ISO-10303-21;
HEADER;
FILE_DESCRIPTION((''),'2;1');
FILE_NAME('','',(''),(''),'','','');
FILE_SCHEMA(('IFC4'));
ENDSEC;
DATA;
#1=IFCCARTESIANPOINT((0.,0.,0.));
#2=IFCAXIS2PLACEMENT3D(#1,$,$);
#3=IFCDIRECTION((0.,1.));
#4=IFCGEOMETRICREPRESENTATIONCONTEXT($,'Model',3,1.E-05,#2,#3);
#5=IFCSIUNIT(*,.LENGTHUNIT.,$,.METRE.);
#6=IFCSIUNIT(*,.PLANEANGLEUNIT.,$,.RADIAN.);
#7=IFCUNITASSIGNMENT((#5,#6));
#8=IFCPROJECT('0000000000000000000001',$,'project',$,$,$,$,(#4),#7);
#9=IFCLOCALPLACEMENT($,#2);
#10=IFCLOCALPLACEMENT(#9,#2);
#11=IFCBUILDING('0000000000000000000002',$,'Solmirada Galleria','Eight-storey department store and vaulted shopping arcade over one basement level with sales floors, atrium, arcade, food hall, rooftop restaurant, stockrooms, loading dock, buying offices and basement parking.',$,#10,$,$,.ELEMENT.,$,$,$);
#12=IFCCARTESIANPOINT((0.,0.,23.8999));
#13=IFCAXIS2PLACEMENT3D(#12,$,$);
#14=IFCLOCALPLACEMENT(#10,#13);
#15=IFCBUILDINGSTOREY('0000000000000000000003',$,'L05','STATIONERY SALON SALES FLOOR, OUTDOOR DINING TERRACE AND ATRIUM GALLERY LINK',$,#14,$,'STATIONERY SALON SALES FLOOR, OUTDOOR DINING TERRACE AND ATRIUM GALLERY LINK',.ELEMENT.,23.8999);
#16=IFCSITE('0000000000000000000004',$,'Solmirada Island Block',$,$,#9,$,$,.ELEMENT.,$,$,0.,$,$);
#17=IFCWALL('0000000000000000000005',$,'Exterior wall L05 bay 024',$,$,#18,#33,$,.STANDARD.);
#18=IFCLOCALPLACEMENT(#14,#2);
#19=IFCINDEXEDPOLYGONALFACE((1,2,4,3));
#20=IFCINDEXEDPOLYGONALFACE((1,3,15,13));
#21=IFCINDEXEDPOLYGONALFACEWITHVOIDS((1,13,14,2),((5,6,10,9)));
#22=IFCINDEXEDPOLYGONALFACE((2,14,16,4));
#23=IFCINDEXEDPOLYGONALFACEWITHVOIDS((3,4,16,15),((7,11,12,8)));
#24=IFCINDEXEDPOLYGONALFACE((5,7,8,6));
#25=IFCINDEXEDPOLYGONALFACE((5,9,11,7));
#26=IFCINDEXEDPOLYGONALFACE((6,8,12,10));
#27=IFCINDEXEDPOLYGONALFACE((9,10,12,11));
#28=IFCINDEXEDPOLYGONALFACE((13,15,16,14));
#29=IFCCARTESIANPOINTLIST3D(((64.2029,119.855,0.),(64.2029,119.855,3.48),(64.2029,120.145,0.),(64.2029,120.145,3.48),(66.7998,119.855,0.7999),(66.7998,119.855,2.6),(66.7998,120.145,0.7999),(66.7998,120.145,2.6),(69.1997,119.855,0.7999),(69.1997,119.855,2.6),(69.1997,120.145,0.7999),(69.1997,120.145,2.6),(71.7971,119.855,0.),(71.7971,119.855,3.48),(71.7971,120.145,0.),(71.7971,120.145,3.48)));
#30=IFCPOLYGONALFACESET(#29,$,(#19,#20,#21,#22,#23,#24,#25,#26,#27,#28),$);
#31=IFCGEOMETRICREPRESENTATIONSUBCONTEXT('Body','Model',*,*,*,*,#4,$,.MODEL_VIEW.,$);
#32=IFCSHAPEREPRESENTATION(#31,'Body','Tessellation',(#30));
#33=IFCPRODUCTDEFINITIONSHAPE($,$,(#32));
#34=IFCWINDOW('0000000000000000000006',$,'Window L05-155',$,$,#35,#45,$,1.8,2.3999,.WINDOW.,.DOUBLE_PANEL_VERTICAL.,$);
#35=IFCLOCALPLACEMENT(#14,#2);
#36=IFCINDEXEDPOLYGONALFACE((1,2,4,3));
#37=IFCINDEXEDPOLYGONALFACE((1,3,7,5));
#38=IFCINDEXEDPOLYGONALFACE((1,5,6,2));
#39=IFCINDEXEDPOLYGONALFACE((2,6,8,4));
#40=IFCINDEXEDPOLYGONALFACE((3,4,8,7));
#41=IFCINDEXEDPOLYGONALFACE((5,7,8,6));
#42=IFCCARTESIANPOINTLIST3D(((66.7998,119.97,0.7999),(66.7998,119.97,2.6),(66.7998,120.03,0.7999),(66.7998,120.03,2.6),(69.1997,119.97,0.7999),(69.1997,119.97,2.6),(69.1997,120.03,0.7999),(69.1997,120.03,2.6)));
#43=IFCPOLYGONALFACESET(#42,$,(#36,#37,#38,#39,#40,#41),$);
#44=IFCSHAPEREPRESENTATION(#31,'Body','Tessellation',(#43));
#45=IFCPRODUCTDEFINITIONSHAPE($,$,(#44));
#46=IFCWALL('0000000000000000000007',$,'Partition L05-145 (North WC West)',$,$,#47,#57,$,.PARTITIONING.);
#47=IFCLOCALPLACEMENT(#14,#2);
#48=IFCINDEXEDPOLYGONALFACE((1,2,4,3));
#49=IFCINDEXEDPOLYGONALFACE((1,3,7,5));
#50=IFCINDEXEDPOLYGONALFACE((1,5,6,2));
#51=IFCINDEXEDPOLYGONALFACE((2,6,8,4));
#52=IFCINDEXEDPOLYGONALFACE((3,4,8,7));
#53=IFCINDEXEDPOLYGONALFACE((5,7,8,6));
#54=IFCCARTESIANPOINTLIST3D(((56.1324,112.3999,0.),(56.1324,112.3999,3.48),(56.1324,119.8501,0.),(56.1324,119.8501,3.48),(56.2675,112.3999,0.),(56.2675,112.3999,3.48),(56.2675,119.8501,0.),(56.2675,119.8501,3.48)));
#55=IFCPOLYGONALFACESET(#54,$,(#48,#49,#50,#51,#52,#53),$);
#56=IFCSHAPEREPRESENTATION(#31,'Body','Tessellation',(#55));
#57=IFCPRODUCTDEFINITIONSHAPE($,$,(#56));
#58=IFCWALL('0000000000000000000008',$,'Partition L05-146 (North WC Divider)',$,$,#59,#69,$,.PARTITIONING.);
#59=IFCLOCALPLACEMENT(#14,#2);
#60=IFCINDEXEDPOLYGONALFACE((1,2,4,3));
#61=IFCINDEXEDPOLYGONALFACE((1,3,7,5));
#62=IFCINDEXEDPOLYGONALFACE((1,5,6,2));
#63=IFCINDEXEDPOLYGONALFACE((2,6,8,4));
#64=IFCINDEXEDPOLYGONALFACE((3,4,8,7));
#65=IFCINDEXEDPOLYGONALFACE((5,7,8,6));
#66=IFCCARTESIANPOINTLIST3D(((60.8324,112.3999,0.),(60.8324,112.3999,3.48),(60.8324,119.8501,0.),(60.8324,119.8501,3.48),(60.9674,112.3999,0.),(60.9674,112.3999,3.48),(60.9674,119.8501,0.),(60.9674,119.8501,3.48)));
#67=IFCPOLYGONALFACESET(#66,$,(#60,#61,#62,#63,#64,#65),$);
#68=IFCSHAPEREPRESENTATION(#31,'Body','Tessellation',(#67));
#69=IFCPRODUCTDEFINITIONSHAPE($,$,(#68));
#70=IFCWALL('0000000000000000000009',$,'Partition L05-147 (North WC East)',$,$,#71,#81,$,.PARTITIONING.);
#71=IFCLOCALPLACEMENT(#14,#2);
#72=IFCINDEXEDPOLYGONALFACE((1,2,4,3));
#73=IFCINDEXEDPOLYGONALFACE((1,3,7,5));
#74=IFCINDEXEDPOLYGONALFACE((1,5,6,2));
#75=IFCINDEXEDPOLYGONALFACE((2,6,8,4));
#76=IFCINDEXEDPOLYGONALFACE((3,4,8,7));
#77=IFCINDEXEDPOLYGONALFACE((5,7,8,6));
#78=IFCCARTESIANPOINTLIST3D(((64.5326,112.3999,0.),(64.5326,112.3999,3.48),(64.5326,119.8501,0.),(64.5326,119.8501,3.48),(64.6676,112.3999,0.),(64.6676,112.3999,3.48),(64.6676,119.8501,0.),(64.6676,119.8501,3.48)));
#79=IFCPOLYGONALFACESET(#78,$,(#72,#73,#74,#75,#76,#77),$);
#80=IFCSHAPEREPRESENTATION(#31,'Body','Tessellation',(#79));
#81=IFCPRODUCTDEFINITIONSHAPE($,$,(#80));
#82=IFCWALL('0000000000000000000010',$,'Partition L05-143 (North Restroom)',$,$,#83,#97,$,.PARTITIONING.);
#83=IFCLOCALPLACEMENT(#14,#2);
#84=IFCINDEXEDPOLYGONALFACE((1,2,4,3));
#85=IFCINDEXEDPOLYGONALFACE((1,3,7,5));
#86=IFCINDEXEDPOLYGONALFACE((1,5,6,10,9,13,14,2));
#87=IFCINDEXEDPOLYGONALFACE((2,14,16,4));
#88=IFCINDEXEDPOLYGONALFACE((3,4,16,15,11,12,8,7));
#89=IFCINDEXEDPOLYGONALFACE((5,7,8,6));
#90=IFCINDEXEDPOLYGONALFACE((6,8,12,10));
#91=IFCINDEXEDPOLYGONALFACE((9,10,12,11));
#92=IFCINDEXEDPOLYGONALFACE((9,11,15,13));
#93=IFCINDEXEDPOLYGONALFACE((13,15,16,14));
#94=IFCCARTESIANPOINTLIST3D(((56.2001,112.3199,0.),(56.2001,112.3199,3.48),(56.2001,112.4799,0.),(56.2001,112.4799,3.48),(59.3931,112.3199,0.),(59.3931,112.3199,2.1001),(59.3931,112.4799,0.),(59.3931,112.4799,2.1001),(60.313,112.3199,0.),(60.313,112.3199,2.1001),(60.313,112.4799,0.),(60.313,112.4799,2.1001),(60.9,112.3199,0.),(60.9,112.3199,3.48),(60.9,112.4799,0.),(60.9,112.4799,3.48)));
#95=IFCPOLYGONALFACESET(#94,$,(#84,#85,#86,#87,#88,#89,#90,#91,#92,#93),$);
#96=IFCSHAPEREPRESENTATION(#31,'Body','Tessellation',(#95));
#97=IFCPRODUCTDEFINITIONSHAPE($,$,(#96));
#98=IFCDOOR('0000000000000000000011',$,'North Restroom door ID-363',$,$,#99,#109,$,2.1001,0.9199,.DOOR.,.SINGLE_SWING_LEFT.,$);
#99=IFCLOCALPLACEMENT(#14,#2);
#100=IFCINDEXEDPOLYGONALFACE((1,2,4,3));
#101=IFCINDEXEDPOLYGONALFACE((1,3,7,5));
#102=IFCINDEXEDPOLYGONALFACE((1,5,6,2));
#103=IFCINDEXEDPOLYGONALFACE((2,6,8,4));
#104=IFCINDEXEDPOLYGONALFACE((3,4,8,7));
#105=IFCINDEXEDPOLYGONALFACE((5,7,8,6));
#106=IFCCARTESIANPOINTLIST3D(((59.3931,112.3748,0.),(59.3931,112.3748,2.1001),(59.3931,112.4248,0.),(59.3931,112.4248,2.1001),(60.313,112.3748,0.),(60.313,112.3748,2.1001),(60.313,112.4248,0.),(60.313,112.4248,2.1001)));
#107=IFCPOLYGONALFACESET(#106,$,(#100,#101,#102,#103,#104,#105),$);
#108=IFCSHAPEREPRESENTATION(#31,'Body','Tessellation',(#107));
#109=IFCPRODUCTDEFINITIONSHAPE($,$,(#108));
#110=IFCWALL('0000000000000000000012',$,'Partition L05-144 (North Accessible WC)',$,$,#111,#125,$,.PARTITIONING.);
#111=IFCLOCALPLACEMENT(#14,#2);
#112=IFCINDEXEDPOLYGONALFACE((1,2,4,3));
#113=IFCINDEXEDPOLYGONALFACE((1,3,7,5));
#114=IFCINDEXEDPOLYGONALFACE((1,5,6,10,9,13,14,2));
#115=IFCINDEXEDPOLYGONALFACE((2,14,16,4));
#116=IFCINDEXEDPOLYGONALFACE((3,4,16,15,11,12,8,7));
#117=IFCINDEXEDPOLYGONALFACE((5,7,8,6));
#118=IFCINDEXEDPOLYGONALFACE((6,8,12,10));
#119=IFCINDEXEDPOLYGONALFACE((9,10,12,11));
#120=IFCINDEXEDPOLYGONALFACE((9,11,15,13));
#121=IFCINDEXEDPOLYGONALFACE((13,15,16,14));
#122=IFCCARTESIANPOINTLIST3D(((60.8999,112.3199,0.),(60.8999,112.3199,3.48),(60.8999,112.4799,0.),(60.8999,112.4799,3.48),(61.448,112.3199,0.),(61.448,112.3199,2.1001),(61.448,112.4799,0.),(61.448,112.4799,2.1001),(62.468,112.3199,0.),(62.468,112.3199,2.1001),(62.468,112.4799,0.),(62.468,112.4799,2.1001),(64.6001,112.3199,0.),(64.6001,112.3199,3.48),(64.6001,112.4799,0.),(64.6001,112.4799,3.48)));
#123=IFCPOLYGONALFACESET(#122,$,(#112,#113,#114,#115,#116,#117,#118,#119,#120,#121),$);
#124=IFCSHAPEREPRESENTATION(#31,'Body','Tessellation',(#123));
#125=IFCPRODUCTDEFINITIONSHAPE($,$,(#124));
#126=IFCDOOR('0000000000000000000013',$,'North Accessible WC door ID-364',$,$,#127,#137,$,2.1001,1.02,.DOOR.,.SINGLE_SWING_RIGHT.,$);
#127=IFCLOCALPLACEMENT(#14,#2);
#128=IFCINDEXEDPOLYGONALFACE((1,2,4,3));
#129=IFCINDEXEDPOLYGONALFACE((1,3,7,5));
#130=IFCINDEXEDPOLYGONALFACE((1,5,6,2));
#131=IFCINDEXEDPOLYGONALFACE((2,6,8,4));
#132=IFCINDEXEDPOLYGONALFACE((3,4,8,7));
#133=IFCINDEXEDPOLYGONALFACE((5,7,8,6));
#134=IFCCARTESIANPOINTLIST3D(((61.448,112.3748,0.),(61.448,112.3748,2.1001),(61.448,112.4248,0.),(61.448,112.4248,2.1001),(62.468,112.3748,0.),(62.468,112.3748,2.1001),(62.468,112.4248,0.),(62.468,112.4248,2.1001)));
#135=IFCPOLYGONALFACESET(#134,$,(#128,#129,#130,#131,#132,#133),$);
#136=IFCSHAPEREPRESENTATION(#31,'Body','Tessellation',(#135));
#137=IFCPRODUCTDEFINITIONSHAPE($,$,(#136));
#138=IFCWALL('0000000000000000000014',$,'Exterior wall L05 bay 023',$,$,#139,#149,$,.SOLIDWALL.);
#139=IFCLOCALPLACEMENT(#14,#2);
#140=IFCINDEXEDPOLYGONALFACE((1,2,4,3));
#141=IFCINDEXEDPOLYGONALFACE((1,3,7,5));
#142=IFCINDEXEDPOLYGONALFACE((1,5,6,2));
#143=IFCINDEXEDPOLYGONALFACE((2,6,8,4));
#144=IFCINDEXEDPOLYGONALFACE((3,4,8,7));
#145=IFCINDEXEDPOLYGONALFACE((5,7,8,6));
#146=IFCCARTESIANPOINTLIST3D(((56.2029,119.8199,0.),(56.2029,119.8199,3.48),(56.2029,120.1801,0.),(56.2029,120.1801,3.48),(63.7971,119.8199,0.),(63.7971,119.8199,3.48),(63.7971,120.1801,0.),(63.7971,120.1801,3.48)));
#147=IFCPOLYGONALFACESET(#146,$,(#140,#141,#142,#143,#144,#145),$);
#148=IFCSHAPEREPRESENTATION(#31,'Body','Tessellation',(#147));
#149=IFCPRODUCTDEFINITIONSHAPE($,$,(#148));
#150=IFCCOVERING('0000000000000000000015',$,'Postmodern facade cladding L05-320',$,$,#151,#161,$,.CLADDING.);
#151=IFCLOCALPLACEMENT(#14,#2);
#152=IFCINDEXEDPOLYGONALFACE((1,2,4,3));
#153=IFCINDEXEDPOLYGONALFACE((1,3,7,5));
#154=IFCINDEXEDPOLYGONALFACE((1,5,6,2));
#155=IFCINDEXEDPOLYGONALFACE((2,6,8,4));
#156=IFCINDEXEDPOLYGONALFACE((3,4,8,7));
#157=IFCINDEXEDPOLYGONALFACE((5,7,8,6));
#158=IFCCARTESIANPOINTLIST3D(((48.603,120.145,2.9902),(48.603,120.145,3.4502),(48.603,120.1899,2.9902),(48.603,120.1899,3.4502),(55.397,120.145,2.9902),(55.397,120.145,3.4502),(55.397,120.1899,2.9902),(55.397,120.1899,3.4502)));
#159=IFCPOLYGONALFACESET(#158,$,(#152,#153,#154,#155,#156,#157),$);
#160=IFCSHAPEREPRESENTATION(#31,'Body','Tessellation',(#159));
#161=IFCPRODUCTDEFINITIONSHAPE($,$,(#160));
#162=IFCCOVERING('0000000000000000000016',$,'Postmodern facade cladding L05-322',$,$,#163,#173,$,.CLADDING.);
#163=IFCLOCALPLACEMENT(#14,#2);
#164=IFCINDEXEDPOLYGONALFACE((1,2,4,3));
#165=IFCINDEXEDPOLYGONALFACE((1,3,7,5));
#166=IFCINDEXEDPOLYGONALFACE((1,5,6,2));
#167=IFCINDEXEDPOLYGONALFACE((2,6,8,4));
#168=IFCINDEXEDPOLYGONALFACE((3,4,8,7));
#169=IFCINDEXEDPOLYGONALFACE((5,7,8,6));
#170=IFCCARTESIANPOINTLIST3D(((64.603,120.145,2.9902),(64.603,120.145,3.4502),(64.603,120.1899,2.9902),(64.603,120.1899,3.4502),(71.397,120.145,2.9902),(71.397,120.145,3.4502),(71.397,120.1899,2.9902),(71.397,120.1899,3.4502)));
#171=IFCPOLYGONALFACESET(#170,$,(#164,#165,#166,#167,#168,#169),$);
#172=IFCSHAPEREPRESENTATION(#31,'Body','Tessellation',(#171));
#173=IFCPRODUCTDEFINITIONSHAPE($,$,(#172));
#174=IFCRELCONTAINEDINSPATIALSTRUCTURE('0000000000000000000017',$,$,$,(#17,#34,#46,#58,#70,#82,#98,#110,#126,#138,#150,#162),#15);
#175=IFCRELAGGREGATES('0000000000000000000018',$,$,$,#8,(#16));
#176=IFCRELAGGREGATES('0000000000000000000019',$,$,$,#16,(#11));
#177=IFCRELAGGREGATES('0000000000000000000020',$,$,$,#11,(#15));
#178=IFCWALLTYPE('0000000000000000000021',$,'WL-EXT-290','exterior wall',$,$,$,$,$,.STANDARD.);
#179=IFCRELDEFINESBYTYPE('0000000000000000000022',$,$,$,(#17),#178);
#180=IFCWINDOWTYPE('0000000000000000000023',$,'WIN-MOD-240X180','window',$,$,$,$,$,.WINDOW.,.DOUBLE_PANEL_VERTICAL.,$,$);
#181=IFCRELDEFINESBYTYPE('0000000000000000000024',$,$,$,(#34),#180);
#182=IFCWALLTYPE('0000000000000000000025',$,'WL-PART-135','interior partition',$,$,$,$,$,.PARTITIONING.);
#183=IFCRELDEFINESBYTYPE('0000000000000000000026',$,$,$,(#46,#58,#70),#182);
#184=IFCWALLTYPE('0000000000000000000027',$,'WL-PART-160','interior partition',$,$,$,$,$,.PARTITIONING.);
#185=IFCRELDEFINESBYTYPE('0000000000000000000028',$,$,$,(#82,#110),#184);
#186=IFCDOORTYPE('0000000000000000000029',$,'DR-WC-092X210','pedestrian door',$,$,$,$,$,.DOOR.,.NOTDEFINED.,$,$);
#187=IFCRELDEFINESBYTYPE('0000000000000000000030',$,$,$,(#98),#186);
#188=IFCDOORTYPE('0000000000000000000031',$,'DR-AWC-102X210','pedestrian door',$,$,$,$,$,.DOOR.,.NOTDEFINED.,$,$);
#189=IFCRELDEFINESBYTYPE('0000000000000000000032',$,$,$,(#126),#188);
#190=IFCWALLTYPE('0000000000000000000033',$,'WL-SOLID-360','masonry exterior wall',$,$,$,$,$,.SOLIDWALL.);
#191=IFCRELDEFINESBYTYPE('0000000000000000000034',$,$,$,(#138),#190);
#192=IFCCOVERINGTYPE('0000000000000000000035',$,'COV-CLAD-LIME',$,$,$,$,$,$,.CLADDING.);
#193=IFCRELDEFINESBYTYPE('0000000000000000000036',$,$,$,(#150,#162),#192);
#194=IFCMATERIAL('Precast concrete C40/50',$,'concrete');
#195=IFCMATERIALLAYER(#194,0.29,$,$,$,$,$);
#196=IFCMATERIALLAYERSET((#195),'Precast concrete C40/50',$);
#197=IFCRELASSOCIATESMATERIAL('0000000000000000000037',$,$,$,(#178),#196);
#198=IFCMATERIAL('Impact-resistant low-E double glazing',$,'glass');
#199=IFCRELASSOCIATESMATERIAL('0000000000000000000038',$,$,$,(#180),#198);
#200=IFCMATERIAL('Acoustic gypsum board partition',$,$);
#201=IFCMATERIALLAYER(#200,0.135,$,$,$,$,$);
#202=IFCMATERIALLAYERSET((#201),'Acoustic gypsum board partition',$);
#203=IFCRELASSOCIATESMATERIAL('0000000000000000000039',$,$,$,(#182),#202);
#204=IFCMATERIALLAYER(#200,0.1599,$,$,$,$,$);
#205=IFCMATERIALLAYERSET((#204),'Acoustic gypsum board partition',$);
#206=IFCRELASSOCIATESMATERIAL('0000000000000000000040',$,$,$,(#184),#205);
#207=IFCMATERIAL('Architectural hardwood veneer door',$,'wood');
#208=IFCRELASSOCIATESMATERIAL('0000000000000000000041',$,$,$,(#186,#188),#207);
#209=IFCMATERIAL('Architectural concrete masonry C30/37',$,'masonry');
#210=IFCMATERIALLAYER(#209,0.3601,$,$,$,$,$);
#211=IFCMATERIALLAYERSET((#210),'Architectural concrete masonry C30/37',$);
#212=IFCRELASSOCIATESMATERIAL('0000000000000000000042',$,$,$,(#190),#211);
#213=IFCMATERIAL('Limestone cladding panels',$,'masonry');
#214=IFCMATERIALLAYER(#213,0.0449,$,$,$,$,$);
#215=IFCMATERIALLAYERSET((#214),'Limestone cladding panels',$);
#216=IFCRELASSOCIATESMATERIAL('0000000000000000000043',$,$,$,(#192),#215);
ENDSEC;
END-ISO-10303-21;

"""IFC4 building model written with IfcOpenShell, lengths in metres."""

from ifc_helpers import new_model, si_unit, direction, frame, frame_2d, origin, origin_2d, place, context, subcontext, project, spatial, rectangle, extrude, material, layer, layer_set, type_object, element, fill, save


model = new_model("IFC4")

# Units and contexts
model_context = context("Model", 3, precision=1e-05, world=origin(), true_north=direction((0.0, 1.0)))
body_context = subcontext(model_context, "Body", "Model", "MODEL_VIEW")
ifc_project = project(units=[si_unit("LENGTHUNIT", "METRE"), si_unit("PLANEANGLEUNIT", "RADIAN")], contexts=[model_context])

# Site, building, storey
site_placement = place(None, origin())
site = spatial("IfcSite", under=ifc_project, at=site_placement, Name="Solmirada Island Block", CompositionType="ELEMENT", RefElevation=0.0)
building_placement = place(site_placement, origin())
building = spatial("IfcBuilding", under=site, at=building_placement, Name="Solmirada Galleria", Description="Eight-storey department store and vaulted shopping arcade over one basement level with sales floors, atrium, arcade, food hall, rooftop restaurant, stockrooms, loading dock, buying offices and basement parking.", CompositionType="ELEMENT")
storey_placement = place(building_placement, frame((0.0, 0.0, 23.8999)))
storey = spatial("IfcBuildingStorey", under=building, at=storey_placement, Name="L05", Description="STATIONERY SALON SALES FLOOR, OUTDOOR DINING TERRACE AND ATRIUM GALLERY LINK", LongName="STATIONERY SALON SALES FLOOR, OUTDOOR DINING TERRACE AND ATRIUM GALLERY LINK", CompositionType="ELEMENT", Elevation=23.8999)

# Wall, opening, window
ifc_material_1 = material(Name="Precast concrete C40/50", Category="concrete")
ifc_layer_1 = layer(ifc_material_1, 0.29)
ifc_layer_set_1 = layer_set([ifc_layer_1], Name="Precast concrete C40/50")
wall_type_1 = type_object("IfcWallType", Name="WL-EXT-290", Description="exterior wall", PredefinedType="STANDARD", material=ifc_layer_set_1)
wall_1_placement = place(storey_placement, frame((64.2029, 120.0, 0.0), z_axis=(0.0, 0.0, 1.0), x_axis=(1.0, 0.0, 0.0)))
wall_1 = element("IfcWall", 1, at=wall_1_placement, inside=storey, type_object=wall_type_1, Name="Exterior wall L05 bay 024", PredefinedType="STANDARD", context=body_context, shape_type="SweptSolid", body=[
    extrude(rectangle(XDim=7.5942, YDim=0.29, at=frame_2d((3.7971, 0.0))), origin(), (0.0, 0.0, 1.0), 3.48),
])
opening_1_placement = place(wall_1_placement, frame((2.5969, 0.0, 0.8)))
opening_1 = element("IfcOpeningElement", 2, at=opening_1_placement, cuts=wall_1, PredefinedType="OPENING", context=body_context, shape_type="SweptSolid", body=[
    extrude(rectangle(XDim=2.3999, YDim=1.8, at=frame_2d((1.2, 0.8999))), frame((0.0, 0.155, 0.0), z_axis=(0.0, -1.0, 0.0), x_axis=(1.0, 0.0, 0.0)), (0.0, 0.0, 1.0), 0.3101),
])
ifc_material_2 = material(Name="Impact-resistant low-E double glazing", Category="glass")
window_type = type_object("IfcWindowType", Name="WIN-MOD-240X180", Description="window", PartitioningType="DOUBLE_PANEL_VERTICAL", PredefinedType="WINDOW", material=ifc_material_2)
window_placement = place(opening_1_placement, origin())
window = element("IfcWindow", 3, at=window_placement, inside=storey, type_object=window_type, Name="Window L05-155", OverallHeight=1.8, OverallWidth=2.3999, PartitioningType="DOUBLE_PANEL_VERTICAL", PredefinedType="WINDOW", context=body_context, shape_type="SweptSolid", body=[
    extrude(rectangle(XDim=2.3999, YDim=1.8, at=frame_2d((1.2, 0.8999))), frame((0.0, 0.03, 0.0), z_axis=(0.0, -1.0, 0.0), x_axis=(1.0, 0.0, 0.0)), (0.0, 0.0, 1.0), 0.0601),
])
fill(opening_1, window)

# Walls
ifc_material_3 = material(Name="Acoustic gypsum board partition")
ifc_layer_2 = layer(ifc_material_3, 0.135)
ifc_layer_set_2 = layer_set([ifc_layer_2], Name="Acoustic gypsum board partition")
wall_type_2 = type_object("IfcWallType", Name="WL-PART-135", Description="interior partition", PredefinedType="PARTITIONING", material=ifc_layer_set_2)
for number, where, z_axis, x_axis, name in (
    (4, (56.2, 112.3999, 0.0), (0.0, 0.0, 1.0), (0.0, 1.0, 0.0), "Partition L05-145 (North WC West)"),
    (5, (60.8999, 112.3999, 0.0), (0.0, 0.0, 1.0), (0.0, 1.0, 0.0), "Partition L05-146 (North WC Divider)"),
    (6, (64.6001, 112.3999, 0.0), (0.0, 0.0, 1.0), (0.0, 1.0, 0.0), "Partition L05-147 (North WC East)"),
):
    element("IfcWall", number, at=place(storey_placement, frame(where, z_axis=z_axis, x_axis=x_axis)), inside=storey, type_object=wall_type_2, Name=name, PredefinedType="PARTITIONING", context=body_context, shape_type="SweptSolid", body=[
        extrude(rectangle(XDim=7.4502, YDim=0.135, at=frame_2d((3.7251, 0.0))), origin(), (0.0, 0.0, 1.0), 3.48),
    ])

# Walls, openings, doors
ifc_layer_3 = layer(ifc_material_3, 0.1599)
ifc_layer_set_3 = layer_set([ifc_layer_3], Name="Acoustic gypsum board partition")
wall_type_3 = type_object("IfcWallType", Name="WL-PART-160", Description="interior partition", PredefinedType="PARTITIONING", material=ifc_layer_set_3)
wall_2_placement = place(storey_placement, frame((56.2, 112.3999, 0.0), z_axis=(0.0, 0.0, 1.0), x_axis=(1.0, 0.0, 0.0)))
wall_2 = element("IfcWall", 7, at=wall_2_placement, inside=storey, type_object=wall_type_3, Name="Partition L05-143 (North Restroom)", PredefinedType="PARTITIONING", context=body_context, shape_type="SweptSolid", body=[
    extrude(rectangle(XDim=4.7, YDim=0.1599, at=frame_2d((2.3501, 0.0))), origin(), (0.0, 0.0, 1.0), 3.48),
])
opening_2_placement = place(wall_2_placement, frame((3.1931, 0.0, 0.0)))
opening_2 = element("IfcOpeningElement", 8, at=opening_2_placement, cuts=wall_2, PredefinedType="OPENING", context=body_context, shape_type="SweptSolid", body=[
    extrude(rectangle(XDim=0.9199, YDim=2.1001, at=frame_2d((0.46, 1.05))), frame((0.0, 0.0898, 0.0), z_axis=(0.0, -1.0, 0.0), x_axis=(1.0, 0.0, 0.0)), (0.0, 0.0, 1.0), 0.1799),
])
ifc_material_4 = material(Name="Architectural hardwood veneer door", Category="wood")
door_type_1 = type_object("IfcDoorType", Name="DR-WC-092X210", Description="pedestrian door", OperationType="NOTDEFINED", PredefinedType="DOOR", material=ifc_material_4)
door_1_placement = place(opening_2_placement, origin())
door_1 = element("IfcDoor", 9, at=door_1_placement, inside=storey, type_object=door_type_1, Name="North Restroom door ID-363", OperationType="SINGLE_SWING_LEFT", OverallHeight=2.1001, OverallWidth=0.9199, PredefinedType="DOOR", context=body_context, shape_type="SweptSolid", body=[
    extrude(rectangle(XDim=0.9199, YDim=2.1001, at=frame_2d((0.46, 1.05))), frame((0.0, 0.0249, 0.0), z_axis=(0.0, -1.0, 0.0), x_axis=(1.0, 0.0, 0.0)), (0.0, 0.0, 1.0), 0.05),
])
fill(opening_2, door_1)
wall_3_placement = place(storey_placement, frame((60.8999, 112.3999, 0.0), z_axis=(0.0, 0.0, 1.0), x_axis=(1.0, 0.0, 0.0)))
wall_3 = element("IfcWall", 10, at=wall_3_placement, inside=storey, type_object=wall_type_3, Name="Partition L05-144 (North Accessible WC)", PredefinedType="PARTITIONING", context=body_context, shape_type="SweptSolid", body=[
    extrude(rectangle(XDim=3.7002, YDim=0.1599, at=frame_2d((1.8501, 0.0))), origin(), (0.0, 0.0, 1.0), 3.48),
])
opening_3_placement = place(wall_3_placement, frame((0.5481, 0.0, 0.0)))
opening_3 = element("IfcOpeningElement", 11, at=opening_3_placement, cuts=wall_3, PredefinedType="OPENING", context=body_context, shape_type="SweptSolid", body=[
    extrude(rectangle(XDim=1.02, YDim=2.1001, at=frame_2d((0.51, 1.05))), frame((0.0, 0.0898, 0.0), z_axis=(0.0, -1.0, 0.0), x_axis=(1.0, 0.0, 0.0)), (0.0, 0.0, 1.0), 0.1799),
])
door_type_2 = type_object("IfcDoorType", Name="DR-AWC-102X210", Description="pedestrian door", OperationType="NOTDEFINED", PredefinedType="DOOR", material=ifc_material_4)
door_2_placement = place(opening_3_placement, origin())
door_2 = element("IfcDoor", 12, at=door_2_placement, inside=storey, type_object=door_type_2, Name="North Accessible WC door ID-364", OperationType="SINGLE_SWING_RIGHT", OverallHeight=2.1001, OverallWidth=1.02, PredefinedType="DOOR", context=body_context, shape_type="SweptSolid", body=[
    extrude(rectangle(XDim=1.02, YDim=2.1001, at=frame_2d((0.51, 1.05))), frame((0.0, 0.0249, 0.0), z_axis=(0.0, -1.0, 0.0), x_axis=(1.0, 0.0, 0.0)), (0.0, 0.0, 1.0), 0.05),
])
fill(opening_3, door_2)

# Wall
ifc_material_5 = material(Name="Architectural concrete masonry C30/37", Category="masonry")
ifc_layer_4 = layer(ifc_material_5, 0.3601)
ifc_layer_set_4 = layer_set([ifc_layer_4], Name="Architectural concrete masonry C30/37")
wall_type_4 = type_object("IfcWallType", Name="WL-SOLID-360", Description="masonry exterior wall", PredefinedType="SOLIDWALL", material=ifc_layer_set_4)
wall_4_placement = place(storey_placement, frame((56.2029, 120.0, 0.0), z_axis=(0.0, 0.0, 1.0), x_axis=(1.0, 0.0, 0.0)))
element("IfcWall", 13, at=wall_4_placement, inside=storey, type_object=wall_type_4, Name="Exterior wall L05 bay 023", PredefinedType="SOLIDWALL", context=body_context, shape_type="SweptSolid", body=[
    extrude(rectangle(XDim=7.5942, YDim=0.3601, at=frame_2d((3.7971, 0.0))), origin(), (0.0, 0.0, 1.0), 3.48),
])

# Coverings
ifc_material_6 = material(Name="Limestone cladding panels", Category="masonry")
ifc_layer_5 = layer(ifc_material_6, 0.0449)
ifc_layer_set_5 = layer_set([ifc_layer_5], Name="Limestone cladding panels")
covering_type_1 = type_object("IfcCoveringType", Name="COV-CLAD-LIME", PredefinedType="CLADDING", material=ifc_layer_set_5)
for number, where, z_axis, x_axis, name in (
    (14, (52.0, 120.1675, 2.9902), (0.0, 0.0, 1.0), (1.0, 0.0, 0.0), "Postmodern facade cladding L05-320"),
    (15, (68.0, 120.1675, 2.9902), (0.0, 0.0, 1.0), (1.0, 0.0, 0.0), "Postmodern facade cladding L05-322"),
):
    element("IfcCovering", number, at=place(storey_placement, frame(where, z_axis=z_axis, x_axis=x_axis)), inside=storey, type_object=covering_type_1, Name=name, PredefinedType="CLADDING", context=body_context, shape_type="SweptSolid", body=[
        extrude(rectangle(XDim=6.7939, YDim=0.0449, at=origin_2d()), origin(), (0.0, 0.0, 1.0), 0.46),
    ])

save(model, "model.ifc")
